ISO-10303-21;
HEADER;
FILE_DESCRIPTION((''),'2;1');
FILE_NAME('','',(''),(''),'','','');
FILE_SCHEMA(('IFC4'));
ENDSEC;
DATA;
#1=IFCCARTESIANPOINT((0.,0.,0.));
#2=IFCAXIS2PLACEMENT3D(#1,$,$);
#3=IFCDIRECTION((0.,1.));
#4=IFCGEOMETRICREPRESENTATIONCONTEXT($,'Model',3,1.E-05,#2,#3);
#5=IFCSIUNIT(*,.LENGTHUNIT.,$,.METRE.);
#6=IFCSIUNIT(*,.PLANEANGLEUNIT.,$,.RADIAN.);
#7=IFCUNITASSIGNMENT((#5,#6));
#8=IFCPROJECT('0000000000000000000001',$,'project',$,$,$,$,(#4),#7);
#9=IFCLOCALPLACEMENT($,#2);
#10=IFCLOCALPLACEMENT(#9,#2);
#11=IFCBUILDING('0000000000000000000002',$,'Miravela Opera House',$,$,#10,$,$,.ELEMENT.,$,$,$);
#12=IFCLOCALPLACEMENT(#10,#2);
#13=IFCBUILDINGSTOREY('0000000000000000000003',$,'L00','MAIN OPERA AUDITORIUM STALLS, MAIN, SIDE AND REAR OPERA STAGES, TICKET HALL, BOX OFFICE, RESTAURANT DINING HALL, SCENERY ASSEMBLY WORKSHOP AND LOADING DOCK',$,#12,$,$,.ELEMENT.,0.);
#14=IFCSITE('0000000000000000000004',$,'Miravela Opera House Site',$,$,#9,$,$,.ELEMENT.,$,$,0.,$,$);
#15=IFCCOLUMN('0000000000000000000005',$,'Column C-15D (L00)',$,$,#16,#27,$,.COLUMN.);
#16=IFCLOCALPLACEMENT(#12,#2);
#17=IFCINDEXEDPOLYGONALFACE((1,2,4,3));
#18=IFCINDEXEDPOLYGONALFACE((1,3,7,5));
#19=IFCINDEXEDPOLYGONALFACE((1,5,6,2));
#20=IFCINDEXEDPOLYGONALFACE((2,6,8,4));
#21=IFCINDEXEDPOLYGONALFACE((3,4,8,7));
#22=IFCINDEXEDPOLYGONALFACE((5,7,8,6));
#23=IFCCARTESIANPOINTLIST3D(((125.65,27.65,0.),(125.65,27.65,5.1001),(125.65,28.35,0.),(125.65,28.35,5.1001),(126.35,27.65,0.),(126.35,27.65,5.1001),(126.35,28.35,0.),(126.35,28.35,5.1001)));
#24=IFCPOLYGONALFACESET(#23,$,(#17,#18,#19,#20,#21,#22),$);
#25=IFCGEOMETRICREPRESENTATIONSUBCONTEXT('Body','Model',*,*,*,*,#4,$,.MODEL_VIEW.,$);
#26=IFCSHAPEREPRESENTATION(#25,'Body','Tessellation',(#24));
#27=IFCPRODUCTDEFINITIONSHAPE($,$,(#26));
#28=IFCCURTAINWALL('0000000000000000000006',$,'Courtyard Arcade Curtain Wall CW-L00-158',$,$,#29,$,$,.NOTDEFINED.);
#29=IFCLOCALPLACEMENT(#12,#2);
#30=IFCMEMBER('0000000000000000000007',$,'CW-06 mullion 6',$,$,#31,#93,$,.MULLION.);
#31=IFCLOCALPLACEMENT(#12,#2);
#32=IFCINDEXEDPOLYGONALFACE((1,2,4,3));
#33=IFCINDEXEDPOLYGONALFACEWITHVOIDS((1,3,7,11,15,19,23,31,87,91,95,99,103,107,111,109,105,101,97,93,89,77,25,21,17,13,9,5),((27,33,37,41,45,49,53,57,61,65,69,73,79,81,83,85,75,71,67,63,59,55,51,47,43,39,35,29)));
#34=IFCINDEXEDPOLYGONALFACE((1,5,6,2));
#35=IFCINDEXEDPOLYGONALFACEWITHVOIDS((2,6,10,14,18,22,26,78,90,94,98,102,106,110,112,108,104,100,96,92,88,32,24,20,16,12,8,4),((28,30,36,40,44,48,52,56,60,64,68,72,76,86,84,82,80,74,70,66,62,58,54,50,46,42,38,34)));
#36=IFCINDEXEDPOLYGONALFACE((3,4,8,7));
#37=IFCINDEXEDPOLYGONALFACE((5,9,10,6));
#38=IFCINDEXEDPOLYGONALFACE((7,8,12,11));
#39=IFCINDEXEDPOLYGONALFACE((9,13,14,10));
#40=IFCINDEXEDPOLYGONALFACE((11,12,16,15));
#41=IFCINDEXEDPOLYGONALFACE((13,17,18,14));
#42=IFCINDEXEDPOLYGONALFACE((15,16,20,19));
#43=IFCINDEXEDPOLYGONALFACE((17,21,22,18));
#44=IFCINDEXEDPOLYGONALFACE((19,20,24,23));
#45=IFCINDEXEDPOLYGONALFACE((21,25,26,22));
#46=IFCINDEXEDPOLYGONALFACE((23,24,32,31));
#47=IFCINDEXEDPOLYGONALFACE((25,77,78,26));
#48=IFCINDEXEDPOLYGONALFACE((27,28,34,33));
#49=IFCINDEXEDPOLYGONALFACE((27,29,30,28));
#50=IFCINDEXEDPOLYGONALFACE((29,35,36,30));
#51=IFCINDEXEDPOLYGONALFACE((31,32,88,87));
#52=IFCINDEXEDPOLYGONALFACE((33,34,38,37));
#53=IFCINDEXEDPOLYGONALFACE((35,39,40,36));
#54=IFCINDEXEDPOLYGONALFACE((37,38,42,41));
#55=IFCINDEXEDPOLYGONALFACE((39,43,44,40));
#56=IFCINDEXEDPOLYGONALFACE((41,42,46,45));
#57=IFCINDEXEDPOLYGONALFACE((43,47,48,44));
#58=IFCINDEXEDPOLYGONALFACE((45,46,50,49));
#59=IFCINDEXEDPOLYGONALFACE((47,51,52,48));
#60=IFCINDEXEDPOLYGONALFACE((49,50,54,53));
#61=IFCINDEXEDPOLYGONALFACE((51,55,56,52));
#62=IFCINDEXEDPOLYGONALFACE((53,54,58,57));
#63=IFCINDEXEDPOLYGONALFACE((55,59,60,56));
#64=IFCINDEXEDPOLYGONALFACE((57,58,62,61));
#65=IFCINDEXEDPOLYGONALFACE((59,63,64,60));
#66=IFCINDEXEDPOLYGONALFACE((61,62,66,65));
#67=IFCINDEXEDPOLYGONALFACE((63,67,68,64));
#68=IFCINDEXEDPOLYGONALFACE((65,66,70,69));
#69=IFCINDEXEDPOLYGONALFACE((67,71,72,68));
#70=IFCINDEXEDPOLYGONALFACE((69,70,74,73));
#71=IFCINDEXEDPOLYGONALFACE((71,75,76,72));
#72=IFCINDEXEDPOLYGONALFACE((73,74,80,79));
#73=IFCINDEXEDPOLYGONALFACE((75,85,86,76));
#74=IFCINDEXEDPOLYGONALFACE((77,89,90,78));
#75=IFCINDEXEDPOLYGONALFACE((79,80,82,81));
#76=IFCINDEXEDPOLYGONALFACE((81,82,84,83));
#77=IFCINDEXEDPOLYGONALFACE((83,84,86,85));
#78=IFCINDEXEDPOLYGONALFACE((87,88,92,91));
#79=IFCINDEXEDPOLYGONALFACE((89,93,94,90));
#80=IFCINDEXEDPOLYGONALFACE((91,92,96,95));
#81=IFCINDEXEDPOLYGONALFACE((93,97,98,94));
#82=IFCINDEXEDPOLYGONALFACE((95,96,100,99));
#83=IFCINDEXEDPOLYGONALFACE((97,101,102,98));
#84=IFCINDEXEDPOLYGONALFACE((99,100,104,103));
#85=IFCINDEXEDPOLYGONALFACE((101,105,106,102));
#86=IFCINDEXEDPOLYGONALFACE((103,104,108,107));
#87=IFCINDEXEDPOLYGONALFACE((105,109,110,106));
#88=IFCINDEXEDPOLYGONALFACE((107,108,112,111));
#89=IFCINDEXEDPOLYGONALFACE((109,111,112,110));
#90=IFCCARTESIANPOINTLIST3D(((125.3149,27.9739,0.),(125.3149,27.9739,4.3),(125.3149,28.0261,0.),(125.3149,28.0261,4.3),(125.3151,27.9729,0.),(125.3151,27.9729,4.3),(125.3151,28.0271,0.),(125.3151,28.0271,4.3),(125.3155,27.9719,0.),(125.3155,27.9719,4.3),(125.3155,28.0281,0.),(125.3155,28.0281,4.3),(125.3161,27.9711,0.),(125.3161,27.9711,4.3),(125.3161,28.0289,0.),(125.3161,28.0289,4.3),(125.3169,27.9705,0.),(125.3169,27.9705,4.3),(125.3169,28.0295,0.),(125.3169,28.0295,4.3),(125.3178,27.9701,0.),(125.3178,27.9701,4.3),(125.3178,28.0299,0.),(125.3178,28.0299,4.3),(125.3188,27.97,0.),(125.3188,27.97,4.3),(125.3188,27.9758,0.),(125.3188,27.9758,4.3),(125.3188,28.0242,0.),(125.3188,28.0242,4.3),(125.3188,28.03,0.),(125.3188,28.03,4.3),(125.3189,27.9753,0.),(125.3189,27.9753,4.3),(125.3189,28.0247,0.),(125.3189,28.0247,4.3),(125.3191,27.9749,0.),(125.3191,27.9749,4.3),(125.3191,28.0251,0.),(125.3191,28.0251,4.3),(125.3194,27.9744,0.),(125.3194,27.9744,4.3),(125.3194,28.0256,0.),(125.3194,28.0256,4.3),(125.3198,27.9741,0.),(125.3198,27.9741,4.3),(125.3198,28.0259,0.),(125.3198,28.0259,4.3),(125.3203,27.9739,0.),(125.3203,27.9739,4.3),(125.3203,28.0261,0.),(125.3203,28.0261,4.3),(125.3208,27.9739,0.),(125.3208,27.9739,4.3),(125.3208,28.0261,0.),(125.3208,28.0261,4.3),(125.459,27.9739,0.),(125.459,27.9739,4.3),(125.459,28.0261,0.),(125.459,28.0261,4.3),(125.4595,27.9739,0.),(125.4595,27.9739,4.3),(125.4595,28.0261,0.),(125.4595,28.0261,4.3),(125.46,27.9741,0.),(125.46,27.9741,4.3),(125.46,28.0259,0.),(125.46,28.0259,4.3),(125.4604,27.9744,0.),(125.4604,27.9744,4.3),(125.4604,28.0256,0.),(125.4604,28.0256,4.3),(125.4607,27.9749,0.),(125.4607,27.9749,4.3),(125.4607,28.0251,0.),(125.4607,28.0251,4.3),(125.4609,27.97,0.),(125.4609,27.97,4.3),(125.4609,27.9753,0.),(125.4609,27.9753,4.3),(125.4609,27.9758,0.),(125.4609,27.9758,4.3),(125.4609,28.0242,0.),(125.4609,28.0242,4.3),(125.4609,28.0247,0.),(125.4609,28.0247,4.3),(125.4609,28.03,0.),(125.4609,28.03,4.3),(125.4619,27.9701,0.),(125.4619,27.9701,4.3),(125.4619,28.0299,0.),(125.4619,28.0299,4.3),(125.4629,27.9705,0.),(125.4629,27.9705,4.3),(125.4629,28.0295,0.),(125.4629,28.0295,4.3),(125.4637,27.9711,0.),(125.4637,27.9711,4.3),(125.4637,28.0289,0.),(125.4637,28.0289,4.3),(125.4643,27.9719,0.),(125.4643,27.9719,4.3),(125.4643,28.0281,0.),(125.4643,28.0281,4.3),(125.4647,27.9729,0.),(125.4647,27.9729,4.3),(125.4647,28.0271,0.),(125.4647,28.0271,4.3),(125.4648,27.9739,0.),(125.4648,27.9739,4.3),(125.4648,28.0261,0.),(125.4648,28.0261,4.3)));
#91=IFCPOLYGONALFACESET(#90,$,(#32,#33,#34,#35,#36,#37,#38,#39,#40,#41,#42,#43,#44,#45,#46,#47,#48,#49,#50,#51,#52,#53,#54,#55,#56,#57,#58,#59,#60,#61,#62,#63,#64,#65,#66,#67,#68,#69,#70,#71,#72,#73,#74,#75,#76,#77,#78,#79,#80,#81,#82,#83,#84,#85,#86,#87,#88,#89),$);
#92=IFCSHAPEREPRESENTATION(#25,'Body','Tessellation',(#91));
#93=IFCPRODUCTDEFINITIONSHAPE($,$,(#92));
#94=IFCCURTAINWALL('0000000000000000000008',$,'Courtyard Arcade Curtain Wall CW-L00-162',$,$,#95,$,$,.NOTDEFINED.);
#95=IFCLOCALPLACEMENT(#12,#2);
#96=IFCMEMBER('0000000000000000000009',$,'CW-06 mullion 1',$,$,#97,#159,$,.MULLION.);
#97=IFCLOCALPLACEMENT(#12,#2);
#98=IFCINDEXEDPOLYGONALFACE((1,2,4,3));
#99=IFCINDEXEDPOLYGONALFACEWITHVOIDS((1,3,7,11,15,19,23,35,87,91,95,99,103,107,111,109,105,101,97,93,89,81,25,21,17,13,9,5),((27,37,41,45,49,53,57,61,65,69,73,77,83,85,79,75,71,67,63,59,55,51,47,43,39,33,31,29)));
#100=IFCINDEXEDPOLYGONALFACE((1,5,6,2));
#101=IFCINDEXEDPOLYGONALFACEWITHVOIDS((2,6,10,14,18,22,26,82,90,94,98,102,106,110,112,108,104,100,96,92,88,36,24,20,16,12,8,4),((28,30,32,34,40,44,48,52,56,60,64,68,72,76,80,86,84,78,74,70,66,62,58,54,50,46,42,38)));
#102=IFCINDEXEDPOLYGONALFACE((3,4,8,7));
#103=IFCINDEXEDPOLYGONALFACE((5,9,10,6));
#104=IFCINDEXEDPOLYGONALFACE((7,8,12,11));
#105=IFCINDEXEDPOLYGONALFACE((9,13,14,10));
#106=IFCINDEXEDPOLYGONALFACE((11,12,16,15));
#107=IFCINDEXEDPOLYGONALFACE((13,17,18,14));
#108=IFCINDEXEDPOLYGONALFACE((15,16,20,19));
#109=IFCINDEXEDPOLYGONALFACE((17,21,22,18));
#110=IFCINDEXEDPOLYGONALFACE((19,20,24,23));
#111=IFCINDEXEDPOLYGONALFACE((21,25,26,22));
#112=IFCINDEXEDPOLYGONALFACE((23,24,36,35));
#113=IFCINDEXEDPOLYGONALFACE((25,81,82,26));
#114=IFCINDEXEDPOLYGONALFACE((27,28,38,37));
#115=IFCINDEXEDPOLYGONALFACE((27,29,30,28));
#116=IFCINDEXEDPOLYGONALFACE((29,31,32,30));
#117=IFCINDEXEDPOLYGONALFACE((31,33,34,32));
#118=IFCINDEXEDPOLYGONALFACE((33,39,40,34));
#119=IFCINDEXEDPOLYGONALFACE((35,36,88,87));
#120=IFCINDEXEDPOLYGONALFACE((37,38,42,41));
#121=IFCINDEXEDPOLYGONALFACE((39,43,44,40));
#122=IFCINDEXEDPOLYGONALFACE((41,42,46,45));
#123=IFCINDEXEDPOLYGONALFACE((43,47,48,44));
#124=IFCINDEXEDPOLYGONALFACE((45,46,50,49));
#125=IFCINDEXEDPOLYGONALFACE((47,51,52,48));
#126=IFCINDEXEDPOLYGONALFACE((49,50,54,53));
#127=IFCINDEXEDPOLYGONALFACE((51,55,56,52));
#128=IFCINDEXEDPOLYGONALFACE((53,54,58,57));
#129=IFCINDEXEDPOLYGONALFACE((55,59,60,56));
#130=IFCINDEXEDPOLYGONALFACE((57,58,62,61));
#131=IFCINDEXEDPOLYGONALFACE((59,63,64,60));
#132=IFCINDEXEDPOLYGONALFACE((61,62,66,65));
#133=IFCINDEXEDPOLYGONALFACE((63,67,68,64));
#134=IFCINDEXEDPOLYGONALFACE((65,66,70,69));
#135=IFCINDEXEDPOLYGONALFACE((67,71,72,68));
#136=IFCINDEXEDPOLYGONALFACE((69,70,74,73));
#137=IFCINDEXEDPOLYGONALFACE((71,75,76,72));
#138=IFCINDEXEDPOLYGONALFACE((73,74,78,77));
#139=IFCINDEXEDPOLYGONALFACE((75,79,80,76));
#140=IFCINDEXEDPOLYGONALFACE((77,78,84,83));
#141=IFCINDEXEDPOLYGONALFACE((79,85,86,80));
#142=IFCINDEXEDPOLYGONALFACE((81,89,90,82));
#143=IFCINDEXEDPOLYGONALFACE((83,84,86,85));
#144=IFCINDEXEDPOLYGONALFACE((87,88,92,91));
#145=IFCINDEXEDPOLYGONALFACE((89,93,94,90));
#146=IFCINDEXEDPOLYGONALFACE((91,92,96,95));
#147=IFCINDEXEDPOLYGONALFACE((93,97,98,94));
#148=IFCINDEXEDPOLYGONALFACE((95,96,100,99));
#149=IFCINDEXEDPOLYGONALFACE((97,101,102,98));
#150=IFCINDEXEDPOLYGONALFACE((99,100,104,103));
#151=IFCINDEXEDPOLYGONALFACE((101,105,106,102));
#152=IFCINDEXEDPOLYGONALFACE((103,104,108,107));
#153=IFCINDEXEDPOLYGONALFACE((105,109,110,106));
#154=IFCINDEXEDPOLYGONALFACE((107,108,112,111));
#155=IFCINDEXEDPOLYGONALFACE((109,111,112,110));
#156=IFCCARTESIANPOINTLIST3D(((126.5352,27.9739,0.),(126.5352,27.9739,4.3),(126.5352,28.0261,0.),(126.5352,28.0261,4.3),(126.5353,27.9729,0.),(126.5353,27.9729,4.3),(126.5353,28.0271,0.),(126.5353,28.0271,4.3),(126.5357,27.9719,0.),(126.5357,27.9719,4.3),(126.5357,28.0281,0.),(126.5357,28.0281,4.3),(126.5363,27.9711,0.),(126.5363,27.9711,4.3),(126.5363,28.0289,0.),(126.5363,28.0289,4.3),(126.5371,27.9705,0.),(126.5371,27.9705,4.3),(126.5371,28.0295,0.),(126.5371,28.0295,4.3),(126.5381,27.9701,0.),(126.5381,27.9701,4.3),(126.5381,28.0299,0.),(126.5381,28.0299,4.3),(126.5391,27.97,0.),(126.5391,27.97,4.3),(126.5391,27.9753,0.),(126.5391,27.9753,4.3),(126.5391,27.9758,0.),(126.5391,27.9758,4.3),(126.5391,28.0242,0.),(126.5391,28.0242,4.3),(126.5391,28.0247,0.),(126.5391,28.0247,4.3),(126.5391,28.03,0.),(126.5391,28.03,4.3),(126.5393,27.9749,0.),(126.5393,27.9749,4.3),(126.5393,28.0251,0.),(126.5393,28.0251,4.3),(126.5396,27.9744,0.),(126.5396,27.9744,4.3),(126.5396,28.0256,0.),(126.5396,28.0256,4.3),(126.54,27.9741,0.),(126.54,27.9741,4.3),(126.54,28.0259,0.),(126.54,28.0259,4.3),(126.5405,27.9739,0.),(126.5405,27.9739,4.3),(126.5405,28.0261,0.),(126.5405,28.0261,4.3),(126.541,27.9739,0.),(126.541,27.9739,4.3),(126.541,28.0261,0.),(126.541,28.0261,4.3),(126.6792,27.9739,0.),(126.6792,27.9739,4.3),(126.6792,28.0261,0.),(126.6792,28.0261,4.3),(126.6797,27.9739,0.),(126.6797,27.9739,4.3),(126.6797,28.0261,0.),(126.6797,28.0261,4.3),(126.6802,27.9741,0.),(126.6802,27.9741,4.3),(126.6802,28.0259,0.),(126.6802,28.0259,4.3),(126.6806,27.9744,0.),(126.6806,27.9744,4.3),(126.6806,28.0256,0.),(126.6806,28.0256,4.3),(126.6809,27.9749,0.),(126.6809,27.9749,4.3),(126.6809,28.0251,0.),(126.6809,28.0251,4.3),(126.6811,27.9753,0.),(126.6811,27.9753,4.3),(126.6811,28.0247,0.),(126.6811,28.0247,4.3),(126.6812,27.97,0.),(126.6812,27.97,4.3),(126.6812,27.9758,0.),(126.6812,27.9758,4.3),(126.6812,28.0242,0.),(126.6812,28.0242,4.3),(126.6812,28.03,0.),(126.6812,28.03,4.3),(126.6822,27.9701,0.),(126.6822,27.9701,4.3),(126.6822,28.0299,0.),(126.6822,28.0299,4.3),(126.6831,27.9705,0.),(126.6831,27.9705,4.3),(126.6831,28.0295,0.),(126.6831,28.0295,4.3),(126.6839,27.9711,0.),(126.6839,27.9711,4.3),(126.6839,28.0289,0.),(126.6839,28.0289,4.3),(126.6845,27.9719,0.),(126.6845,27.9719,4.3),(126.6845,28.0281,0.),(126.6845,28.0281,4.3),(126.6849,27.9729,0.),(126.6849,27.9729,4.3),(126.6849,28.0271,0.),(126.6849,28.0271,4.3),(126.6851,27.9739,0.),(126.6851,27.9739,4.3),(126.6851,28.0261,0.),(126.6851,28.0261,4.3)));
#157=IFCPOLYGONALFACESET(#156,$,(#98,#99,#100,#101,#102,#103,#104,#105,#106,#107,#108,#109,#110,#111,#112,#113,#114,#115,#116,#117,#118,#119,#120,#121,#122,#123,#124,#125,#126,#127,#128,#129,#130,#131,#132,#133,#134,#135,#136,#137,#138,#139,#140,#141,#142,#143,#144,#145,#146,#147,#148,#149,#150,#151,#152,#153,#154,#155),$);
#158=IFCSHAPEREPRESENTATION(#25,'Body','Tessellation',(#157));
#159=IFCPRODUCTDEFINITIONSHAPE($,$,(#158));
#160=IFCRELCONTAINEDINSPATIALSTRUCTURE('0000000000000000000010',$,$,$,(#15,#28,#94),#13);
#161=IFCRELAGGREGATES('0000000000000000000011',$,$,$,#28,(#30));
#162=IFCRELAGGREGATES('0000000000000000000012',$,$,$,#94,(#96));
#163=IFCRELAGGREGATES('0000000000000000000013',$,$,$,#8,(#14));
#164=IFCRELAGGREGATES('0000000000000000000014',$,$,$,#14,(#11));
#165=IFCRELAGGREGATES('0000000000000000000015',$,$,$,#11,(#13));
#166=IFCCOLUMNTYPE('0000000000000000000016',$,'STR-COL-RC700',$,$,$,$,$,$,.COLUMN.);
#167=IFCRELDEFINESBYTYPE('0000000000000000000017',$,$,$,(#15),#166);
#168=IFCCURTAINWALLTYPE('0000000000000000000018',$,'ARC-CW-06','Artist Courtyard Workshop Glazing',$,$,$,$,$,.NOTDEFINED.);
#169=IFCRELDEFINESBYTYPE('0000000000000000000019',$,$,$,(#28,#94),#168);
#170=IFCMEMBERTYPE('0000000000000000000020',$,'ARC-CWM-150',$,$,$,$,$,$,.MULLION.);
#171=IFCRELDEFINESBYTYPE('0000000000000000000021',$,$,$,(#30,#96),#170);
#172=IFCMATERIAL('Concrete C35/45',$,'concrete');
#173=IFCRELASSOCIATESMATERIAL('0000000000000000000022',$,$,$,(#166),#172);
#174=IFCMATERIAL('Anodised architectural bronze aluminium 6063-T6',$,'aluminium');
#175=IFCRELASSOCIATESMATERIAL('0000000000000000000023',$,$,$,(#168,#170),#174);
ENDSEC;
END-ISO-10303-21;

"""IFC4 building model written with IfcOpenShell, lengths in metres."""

from ifc_helpers import new_model, si_unit, direction, frame, origin, origin_2d, place, context, subcontext, project, spatial, rectangle, hollow_rectangle, extrude, material, material_profile, profile_set, type_object, element, aggregate, save


model = new_model("IFC4")

# Units and contexts
model_context = context("Model", 3, precision=1e-05, world=origin(), true_north=direction((0.0, 1.0)))
body_context = subcontext(model_context, "Body", "Model", "MODEL_VIEW")
ifc_project = project(units=[si_unit("LENGTHUNIT", "METRE"), si_unit("PLANEANGLEUNIT", "RADIAN")], contexts=[model_context])

# Site, building, storey
site_placement = place(None, origin())
site = spatial("IfcSite", under=ifc_project, at=site_placement, Name="Miravela Opera House Site", CompositionType="ELEMENT", RefElevation=0.0)
building_placement = place(site_placement, origin())
building = spatial("IfcBuilding", under=site, at=building_placement, Name="Miravela Opera House", CompositionType="ELEMENT")
storey_placement = place(building_placement, origin())
storey = spatial("IfcBuildingStorey", under=building, at=storey_placement, Name="L00", Description="MAIN OPERA AUDITORIUM STALLS, MAIN, SIDE AND REAR OPERA STAGES, TICKET HALL, BOX OFFICE, RESTAURANT DINING HALL, SCENERY ASSEMBLY WORKSHOP AND LOADING DOCK", CompositionType="ELEMENT", Elevation=0.0)

# Column
ifc_material_1 = material(Name="Concrete C35/45", Category="concrete")
ifc_material_profile_1 = material_profile(ifc_material_1, rectangle(XDim=0.7, YDim=0.7, at=origin_2d()), Name="RC-COL-700X700")
ifc_profile_set_1 = profile_set([ifc_material_profile_1])
column_type = type_object("IfcColumnType", Name="STR-COL-RC700", PredefinedType="COLUMN", material=ifc_profile_set_1)
column_placement = place(storey_placement, frame((126.0, 28.0, 0.0), z_axis=(0.0, 0.0, 1.0), x_axis=(1.0, 0.0, 0.0)))
element("IfcColumn", 1, at=column_placement, inside=storey, type_object=column_type, Name="Column C-15D (L00)", PredefinedType="COLUMN", context=body_context, shape_type="SweptSolid", body=[
    extrude(rectangle(XDim=0.7, YDim=0.7, at=origin_2d()), origin(), (0.0, 0.0, 1.0), 5.1001),
])

# Curtain wall, member
ifc_material_2 = material(Name="Anodised architectural bronze aluminium 6063-T6", Category="aluminium")
curtain_wall_type = type_object("IfcCurtainWallType", Name="ARC-CW-06", Description="Artist Courtyard Workshop Glazing", PredefinedType="NOTDEFINED", material=ifc_material_2)
curtain_wall_1_placement = place(storey_placement, origin())
curtain_wall_1 = element("IfcCurtainWall", 2, at=curtain_wall_1_placement, inside=storey, type_object=curtain_wall_type, Name="Courtyard Arcade Curtain Wall CW-L00-158", PredefinedType="NOTDEFINED")
ifc_material_profile_2 = material_profile(ifc_material_2, hollow_rectangle(XDim=0.0601, YDim=0.1499, WallThickness=0.0039, InnerFilletRadius=0.002, OuterFilletRadius=0.0039, at=origin_2d()), Name="CWM-60X150")
ifc_profile_set_2 = profile_set([ifc_material_profile_2])
member_type_1 = type_object("IfcMemberType", Name="ARC-CWM-150", PredefinedType="MULLION", material=ifc_profile_set_2)
member_1_placement = place(storey_placement, frame((125.3899, 28.0, 0.0), z_axis=(0.0, 0.0, 1.0), x_axis=(0.0, 1.0, 0.0)))
member_1 = element("IfcMember", 3, at=member_1_placement, type_object=member_type_1, Name="CW-06 mullion 6", PredefinedType="MULLION", context=body_context, shape_type="SweptSolid", body=[
    extrude(hollow_rectangle(XDim=0.0601, YDim=0.1499, WallThickness=0.0039, InnerFilletRadius=0.002, OuterFilletRadius=0.0039, at=origin_2d()), origin(), (0.0, 0.0, 1.0), 4.3),
])
aggregate(curtain_wall_1, [member_1])

# Curtain wall, member
curtain_wall_2_placement = place(storey_placement, origin())
curtain_wall_2 = element("IfcCurtainWall", 4, at=curtain_wall_2_placement, inside=storey, type_object=curtain_wall_type, Name="Courtyard Arcade Curtain Wall CW-L00-162", PredefinedType="NOTDEFINED")
member_2_placement = place(storey_placement, frame((126.6101, 28.0, 0.0), z_axis=(0.0, 0.0, 1.0), x_axis=(0.0, 1.0, 0.0)))
member_2 = element("IfcMember", 5, at=member_2_placement, type_object=member_type_1, Name="CW-06 mullion 1", PredefinedType="MULLION", context=body_context, shape_type="SweptSolid", body=[
    extrude(hollow_rectangle(XDim=0.0601, YDim=0.1499, WallThickness=0.0039, InnerFilletRadius=0.002, OuterFilletRadius=0.0039, at=origin_2d()), origin(), (0.0, 0.0, 1.0), 4.3),
])

aggregate(curtain_wall_2, [member_2])

save(model, "model.ifc")
